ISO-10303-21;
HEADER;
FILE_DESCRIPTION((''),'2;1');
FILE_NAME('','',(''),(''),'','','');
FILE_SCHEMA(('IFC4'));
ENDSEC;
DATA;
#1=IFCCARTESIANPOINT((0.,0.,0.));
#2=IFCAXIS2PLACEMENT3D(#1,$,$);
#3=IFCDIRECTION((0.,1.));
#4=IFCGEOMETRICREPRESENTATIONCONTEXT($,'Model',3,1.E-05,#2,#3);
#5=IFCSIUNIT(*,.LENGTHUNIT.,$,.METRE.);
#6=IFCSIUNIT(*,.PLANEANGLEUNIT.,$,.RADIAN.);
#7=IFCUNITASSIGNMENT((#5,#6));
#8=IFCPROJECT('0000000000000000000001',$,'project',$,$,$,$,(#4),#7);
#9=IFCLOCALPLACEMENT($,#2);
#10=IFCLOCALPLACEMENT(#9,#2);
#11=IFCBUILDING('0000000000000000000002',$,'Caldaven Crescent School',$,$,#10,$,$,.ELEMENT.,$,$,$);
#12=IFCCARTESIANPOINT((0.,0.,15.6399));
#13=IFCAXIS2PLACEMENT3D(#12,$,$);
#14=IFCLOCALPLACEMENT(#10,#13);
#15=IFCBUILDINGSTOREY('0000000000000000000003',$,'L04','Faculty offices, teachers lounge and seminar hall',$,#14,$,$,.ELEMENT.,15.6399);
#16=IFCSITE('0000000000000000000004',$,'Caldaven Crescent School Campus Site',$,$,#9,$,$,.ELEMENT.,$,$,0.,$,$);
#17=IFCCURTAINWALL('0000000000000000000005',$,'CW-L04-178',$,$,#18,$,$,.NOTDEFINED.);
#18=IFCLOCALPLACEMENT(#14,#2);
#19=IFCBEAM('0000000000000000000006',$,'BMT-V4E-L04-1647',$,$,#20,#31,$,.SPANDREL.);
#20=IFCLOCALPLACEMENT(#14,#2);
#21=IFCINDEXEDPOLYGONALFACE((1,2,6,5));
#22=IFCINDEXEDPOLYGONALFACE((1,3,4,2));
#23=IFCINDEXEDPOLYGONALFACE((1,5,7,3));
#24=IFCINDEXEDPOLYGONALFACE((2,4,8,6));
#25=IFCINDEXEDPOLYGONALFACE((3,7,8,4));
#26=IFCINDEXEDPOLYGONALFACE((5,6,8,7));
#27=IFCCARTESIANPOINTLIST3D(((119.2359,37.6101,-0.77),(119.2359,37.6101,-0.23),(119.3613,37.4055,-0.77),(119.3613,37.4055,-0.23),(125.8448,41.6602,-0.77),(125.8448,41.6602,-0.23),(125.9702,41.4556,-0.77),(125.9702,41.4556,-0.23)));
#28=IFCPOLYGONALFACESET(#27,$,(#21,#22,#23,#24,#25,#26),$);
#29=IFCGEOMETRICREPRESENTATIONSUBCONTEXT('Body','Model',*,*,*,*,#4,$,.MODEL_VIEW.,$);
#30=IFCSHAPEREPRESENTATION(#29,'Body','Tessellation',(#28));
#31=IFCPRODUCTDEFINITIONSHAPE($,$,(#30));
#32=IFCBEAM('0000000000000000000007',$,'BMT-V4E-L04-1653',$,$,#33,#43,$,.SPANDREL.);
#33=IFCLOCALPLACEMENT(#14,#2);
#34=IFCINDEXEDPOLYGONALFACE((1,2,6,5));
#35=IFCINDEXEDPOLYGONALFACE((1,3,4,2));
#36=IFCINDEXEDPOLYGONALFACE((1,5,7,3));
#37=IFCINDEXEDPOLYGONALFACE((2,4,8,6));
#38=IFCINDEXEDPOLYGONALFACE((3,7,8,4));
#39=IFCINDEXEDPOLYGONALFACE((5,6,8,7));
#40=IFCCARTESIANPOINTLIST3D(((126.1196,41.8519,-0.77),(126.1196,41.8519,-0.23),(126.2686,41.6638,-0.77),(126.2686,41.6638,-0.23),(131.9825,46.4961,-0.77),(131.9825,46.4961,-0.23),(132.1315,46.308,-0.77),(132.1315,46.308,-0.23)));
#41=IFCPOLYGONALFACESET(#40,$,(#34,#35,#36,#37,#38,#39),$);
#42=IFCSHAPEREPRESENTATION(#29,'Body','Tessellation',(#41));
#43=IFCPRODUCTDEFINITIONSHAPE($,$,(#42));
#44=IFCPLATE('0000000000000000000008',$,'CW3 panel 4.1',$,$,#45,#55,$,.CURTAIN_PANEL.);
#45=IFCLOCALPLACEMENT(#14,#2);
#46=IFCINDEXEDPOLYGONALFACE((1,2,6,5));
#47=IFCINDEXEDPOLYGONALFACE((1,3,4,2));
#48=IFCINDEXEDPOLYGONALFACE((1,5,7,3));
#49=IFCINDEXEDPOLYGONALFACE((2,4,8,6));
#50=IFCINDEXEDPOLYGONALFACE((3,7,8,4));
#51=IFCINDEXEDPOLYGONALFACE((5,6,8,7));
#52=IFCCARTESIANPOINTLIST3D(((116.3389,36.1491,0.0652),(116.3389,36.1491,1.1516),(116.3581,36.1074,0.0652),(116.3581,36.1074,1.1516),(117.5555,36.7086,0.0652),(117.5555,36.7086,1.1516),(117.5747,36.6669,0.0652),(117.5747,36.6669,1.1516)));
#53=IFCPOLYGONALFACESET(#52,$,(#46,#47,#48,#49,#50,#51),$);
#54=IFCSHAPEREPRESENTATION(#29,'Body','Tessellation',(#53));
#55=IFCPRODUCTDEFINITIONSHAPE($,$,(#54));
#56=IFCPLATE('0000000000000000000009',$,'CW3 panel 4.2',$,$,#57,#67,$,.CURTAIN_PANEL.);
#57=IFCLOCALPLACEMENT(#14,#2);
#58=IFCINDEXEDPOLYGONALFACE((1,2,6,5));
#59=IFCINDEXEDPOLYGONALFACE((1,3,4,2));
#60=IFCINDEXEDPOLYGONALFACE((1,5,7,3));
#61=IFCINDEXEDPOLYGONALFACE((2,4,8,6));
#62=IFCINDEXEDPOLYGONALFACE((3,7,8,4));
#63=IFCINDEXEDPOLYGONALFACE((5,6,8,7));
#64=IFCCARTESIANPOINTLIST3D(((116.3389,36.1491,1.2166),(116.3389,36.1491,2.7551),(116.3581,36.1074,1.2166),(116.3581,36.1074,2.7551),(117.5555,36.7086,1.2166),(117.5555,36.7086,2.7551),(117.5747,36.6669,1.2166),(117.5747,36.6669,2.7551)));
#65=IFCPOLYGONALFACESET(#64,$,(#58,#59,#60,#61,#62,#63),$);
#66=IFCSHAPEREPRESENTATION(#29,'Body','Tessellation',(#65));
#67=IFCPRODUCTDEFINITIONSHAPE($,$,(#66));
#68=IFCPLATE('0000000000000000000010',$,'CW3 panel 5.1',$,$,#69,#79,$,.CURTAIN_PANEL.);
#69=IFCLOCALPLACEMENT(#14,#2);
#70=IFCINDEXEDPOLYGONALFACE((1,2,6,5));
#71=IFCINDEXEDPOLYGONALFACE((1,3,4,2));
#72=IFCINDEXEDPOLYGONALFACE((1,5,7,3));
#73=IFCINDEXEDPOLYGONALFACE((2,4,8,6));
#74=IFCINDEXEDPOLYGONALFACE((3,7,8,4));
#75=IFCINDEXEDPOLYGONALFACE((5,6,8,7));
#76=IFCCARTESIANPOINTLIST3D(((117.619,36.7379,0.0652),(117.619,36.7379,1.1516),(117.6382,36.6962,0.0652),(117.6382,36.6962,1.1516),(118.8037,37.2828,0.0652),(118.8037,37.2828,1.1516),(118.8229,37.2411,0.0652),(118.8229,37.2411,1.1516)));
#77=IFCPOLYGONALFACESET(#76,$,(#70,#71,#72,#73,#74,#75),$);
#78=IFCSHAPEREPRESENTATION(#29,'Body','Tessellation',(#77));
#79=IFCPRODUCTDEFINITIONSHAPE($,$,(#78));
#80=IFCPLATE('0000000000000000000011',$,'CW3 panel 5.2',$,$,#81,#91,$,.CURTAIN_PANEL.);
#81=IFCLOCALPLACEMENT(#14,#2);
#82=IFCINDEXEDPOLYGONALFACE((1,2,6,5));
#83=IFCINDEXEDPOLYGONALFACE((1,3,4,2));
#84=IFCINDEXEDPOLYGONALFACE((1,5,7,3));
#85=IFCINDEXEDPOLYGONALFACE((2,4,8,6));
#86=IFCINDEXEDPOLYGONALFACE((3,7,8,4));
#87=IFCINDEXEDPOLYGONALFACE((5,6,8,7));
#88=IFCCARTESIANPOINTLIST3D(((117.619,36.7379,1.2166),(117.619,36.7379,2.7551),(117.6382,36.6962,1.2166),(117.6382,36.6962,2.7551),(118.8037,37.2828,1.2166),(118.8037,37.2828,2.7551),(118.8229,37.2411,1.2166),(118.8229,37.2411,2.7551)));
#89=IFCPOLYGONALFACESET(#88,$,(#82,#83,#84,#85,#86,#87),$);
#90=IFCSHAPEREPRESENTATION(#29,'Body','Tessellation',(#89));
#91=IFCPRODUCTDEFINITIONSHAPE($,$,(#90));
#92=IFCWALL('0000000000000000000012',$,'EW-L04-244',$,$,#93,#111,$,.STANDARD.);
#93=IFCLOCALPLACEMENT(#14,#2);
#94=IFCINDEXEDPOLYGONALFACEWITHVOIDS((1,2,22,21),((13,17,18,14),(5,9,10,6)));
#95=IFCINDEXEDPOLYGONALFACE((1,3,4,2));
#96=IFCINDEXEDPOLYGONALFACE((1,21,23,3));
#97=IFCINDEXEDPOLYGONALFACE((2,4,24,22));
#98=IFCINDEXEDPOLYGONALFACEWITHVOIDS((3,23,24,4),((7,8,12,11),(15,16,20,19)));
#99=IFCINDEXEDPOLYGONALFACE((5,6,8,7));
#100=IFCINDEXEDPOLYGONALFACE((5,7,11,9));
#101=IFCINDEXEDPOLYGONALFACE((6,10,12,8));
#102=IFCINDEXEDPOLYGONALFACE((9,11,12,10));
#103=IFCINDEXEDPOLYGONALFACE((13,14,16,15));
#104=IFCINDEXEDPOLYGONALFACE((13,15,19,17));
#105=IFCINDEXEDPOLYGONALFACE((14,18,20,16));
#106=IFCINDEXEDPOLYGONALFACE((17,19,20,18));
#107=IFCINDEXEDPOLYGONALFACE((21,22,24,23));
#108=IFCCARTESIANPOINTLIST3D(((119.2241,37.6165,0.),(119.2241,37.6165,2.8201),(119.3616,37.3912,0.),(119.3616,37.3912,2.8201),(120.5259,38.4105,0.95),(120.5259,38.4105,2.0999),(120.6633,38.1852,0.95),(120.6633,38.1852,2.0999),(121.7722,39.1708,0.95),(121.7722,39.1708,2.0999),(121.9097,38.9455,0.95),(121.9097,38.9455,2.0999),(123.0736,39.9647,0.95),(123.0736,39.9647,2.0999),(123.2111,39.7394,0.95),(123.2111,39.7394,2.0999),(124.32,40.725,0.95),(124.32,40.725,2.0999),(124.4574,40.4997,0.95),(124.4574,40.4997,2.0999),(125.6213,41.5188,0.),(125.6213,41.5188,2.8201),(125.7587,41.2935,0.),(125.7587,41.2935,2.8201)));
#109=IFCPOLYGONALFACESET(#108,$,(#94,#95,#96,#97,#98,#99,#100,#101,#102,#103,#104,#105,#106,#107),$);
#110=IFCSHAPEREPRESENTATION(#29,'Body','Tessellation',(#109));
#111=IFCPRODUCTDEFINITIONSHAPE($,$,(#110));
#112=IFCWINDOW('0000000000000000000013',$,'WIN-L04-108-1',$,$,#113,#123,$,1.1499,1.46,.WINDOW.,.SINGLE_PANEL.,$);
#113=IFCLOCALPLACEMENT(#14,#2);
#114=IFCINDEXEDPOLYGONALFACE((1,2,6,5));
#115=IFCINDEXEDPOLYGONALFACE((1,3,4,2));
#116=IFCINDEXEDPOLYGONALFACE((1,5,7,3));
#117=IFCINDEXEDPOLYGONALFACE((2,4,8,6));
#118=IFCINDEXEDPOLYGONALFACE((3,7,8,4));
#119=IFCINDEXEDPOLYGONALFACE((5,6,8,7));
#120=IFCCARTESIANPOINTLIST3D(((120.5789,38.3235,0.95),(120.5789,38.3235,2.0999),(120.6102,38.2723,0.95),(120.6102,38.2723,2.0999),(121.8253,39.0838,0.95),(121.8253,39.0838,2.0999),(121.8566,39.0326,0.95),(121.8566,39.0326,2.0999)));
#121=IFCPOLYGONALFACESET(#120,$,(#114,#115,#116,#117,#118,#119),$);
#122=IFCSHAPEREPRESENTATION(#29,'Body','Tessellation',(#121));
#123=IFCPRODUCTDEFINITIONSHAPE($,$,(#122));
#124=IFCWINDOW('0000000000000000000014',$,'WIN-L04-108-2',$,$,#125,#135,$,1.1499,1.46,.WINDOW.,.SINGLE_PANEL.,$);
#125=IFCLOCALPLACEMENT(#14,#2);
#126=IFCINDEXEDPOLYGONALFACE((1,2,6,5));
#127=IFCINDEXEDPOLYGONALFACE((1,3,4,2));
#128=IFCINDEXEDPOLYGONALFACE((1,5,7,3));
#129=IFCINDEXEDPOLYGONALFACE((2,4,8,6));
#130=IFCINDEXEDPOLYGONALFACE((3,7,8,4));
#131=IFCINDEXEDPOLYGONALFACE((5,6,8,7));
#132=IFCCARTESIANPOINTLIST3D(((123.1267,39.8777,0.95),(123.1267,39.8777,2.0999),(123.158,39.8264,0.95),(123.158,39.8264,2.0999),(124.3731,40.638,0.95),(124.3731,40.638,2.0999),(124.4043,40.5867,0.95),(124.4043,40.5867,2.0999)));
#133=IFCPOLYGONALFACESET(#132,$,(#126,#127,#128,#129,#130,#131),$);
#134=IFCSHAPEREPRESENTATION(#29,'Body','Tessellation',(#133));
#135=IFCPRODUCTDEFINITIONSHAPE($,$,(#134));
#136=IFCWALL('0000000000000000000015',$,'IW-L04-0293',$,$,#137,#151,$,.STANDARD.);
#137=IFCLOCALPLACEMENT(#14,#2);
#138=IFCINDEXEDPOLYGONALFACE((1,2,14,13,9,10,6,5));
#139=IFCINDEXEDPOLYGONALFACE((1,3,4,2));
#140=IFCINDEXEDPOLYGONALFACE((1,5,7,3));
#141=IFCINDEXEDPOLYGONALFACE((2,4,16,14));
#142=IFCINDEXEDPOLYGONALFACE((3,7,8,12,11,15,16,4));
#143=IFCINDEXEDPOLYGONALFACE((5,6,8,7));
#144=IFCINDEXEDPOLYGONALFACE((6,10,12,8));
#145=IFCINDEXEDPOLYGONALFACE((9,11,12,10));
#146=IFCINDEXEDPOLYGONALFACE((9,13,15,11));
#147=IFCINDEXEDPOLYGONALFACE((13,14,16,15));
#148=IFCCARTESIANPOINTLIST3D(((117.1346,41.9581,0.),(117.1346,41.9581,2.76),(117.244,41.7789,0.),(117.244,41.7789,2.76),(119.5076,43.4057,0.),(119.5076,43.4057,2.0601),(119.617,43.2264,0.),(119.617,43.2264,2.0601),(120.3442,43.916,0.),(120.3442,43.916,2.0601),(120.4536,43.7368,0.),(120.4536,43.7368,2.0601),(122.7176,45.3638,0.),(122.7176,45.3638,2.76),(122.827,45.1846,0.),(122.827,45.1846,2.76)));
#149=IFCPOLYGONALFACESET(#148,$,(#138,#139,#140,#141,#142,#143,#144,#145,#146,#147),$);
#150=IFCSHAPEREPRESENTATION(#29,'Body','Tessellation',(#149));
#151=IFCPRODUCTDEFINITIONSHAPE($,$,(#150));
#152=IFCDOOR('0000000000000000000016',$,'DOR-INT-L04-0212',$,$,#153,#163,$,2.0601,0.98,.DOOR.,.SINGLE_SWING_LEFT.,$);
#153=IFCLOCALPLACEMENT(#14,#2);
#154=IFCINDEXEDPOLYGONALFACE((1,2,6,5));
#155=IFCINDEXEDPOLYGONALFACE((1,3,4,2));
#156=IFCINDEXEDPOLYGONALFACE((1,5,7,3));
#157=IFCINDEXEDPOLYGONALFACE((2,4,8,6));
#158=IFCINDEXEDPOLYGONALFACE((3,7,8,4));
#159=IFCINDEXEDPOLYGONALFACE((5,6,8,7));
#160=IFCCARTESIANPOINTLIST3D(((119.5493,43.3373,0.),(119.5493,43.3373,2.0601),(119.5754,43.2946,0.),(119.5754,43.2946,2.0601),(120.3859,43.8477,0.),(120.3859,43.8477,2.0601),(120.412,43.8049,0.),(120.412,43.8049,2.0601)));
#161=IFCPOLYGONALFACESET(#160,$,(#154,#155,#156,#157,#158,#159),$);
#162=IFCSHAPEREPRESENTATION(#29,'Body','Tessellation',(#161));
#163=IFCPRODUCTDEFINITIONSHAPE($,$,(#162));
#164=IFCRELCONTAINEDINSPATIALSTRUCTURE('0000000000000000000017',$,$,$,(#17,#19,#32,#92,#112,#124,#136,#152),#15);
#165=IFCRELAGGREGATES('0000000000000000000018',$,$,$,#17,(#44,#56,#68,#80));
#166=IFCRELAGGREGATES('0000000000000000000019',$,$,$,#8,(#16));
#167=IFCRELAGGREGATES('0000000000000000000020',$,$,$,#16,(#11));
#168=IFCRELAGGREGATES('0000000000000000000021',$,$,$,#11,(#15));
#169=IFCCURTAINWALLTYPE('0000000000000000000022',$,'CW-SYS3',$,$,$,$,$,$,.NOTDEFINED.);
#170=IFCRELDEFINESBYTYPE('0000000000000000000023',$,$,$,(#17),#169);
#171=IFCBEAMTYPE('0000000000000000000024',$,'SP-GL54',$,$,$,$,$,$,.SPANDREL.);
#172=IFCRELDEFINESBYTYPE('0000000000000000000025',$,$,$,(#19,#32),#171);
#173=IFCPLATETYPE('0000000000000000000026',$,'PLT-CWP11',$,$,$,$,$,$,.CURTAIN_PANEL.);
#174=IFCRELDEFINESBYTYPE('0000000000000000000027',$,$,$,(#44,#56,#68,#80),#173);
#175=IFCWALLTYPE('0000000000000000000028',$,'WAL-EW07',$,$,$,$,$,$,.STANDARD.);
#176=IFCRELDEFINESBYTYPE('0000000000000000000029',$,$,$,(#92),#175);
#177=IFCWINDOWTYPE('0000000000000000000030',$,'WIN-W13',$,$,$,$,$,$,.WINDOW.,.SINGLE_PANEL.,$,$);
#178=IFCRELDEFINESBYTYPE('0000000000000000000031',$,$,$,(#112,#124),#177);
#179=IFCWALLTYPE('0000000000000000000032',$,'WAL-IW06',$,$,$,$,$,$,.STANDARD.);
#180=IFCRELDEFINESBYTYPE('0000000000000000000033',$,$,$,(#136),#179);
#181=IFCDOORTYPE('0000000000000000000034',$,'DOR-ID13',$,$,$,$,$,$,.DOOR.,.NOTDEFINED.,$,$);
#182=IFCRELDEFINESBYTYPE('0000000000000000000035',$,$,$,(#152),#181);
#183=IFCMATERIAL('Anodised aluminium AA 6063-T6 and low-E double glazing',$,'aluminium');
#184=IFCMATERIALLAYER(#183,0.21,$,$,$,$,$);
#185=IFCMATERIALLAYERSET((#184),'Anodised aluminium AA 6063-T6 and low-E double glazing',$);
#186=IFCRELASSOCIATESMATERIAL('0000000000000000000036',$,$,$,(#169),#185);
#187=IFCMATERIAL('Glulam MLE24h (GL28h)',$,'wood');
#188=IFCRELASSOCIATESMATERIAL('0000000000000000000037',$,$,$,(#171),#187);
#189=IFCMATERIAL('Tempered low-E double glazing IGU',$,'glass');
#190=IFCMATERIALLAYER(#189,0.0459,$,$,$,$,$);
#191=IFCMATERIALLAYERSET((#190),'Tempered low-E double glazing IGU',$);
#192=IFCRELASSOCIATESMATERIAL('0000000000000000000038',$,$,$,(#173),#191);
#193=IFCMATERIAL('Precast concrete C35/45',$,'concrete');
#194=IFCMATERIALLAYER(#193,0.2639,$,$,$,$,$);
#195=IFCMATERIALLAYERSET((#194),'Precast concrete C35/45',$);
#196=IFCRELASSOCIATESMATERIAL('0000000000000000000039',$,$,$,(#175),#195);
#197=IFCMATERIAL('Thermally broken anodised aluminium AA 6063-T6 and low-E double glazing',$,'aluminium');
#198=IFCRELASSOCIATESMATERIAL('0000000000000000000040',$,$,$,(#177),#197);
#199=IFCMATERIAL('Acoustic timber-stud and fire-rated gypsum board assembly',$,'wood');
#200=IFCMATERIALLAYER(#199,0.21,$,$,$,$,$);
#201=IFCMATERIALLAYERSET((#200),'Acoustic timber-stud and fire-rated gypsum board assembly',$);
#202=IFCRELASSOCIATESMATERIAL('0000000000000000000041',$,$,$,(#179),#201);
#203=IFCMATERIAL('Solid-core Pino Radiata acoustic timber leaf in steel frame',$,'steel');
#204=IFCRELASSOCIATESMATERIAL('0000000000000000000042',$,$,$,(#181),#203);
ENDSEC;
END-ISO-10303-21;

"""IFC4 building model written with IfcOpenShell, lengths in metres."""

from ifc_helpers import new_model, si_unit, direction, frame, frame_2d, origin, origin_2d, place, context, subcontext, project, spatial, rectangle, extrude, material, layer, layer_set, material_profile, profile_set, type_object, element, fill, aggregate, save


model = new_model("IFC4")

# Units and contexts
model_context = context("Model", 3, precision=1e-05, world=origin(), true_north=direction((0.0, 1.0)))
body_context = subcontext(model_context, "Body", "Model", "MODEL_VIEW")
ifc_project = project(units=[si_unit("LENGTHUNIT", "METRE"), si_unit("PLANEANGLEUNIT", "RADIAN")], contexts=[model_context])

# Site, building, storey
site_placement = place(None, origin())
site = spatial("IfcSite", under=ifc_project, at=site_placement, Name="Caldaven Crescent School Campus Site", CompositionType="ELEMENT", RefElevation=0.0)
building_placement = place(site_placement, origin())
building = spatial("IfcBuilding", under=site, at=building_placement, Name="Caldaven Crescent School", CompositionType="ELEMENT")
storey_placement = place(building_placement, frame((0.0, 0.0, 15.6399)))
storey = spatial("IfcBuildingStorey", under=building, at=storey_placement, Name="L04", Description="Faculty offices, teachers lounge and seminar hall", CompositionType="ELEMENT", Elevation=15.6399)

# Shared definitions
ifc_material_1 = material(Name="Glulam MLE24h (GL28h)", Category="wood")

# Curtain wall
ifc_material_2 = material(Name="Anodised aluminium AA 6063-T6 and low-E double glazing", Category="aluminium")
ifc_layer_1 = layer(ifc_material_2, 0.21)
ifc_layer_set_1 = layer_set([ifc_layer_1], Name="Anodised aluminium AA 6063-T6 and low-E double glazing")
curtain_wall_type = type_object("IfcCurtainWallType", Name="CW-SYS3", PredefinedType="NOTDEFINED", material=ifc_layer_set_1)
curtain_wall_placement = place(storey_placement, origin())
curtain_wall = element("IfcCurtainWall", 1, at=curtain_wall_placement, inside=storey, type_object=curtain_wall_type, Name="CW-L04-178", PredefinedType="NOTDEFINED")

# Beams
ifc_material_profile_1 = material_profile(ifc_material_1, rectangle(XDim=0.24, YDim=0.54, at=origin_2d()), Name="MLE 240x540")
ifc_profile_set_1 = profile_set([ifc_material_profile_1], Name="Glulam MLE24h (GL28h)")
beam_type_1 = type_object("IfcBeamType", Name="SP-GL54", PredefinedType="SPANDREL", material=ifc_profile_set_1)
beam_1_placement = place(storey_placement, frame((119.2986, 37.5078, -0.5), z_axis=(0.852633, 0.52251, 0.0), x_axis=(-0.52251, 0.852633, 0.0)))
element("IfcBeam", 2, at=beam_1_placement, inside=storey, type_object=beam_type_1, Name="BMT-V4E-L04-1647", PredefinedType="SPANDREL", context=body_context, shape_type="SweptSolid", body=[
    extrude(rectangle(XDim=0.24, YDim=0.54, at=origin_2d()), origin(), (0.0, 0.0, 1.0), 7.7512),
])
beam_2_placement = place(storey_placement, frame((126.1941, 41.7578, -0.5), z_axis=(0.783869, 0.620926, 0.0), x_axis=(-0.620926, 0.783869, 0.0)))
element("IfcBeam", 3, at=beam_2_placement, inside=storey, type_object=beam_type_1, Name="BMT-V4E-L04-1653", PredefinedType="SPANDREL", context=body_context, shape_type="SweptSolid", body=[
    extrude(rectangle(XDim=0.24, YDim=0.54, at=origin_2d()), origin(), (0.0, 0.0, 1.0), 7.4795),
])

# Plates
ifc_material_3 = material(Name="Tempered low-E double glazing IGU", Category="glass")
ifc_layer_2 = layer(ifc_material_3, 0.0459)
ifc_layer_set_2 = layer_set([ifc_layer_2], Name="Tempered low-E double glazing IGU")
plate_type = type_object("IfcPlateType", Name="PLT-CWP11", PredefinedType="CURTAIN_PANEL", material=ifc_layer_set_2)
plate_1_placement = place(storey_placement, frame((116.9568, 36.408, 0.0652), z_axis=(0.0, 0.0, 1.0), x_axis=(0.908528, 0.417823, 0.0)))
plate_1 = element("IfcPlate", 4, at=plate_1_placement, type_object=plate_type, Name="CW3 panel 4.1", PredefinedType="CURTAIN_PANEL", context=body_context, shape_type="SweptSolid", body=[
    extrude(rectangle(XDim=1.3391, YDim=0.0459, at=origin_2d()), origin(), (0.0, 0.0, 1.0), 1.0864),
])
plate_2_placement = place(storey_placement, frame((116.9568, 36.408, 1.2166), z_axis=(0.0, 0.0, 1.0), x_axis=(0.908528, 0.417823, 0.0)))
plate_2 = element("IfcPlate", 5, at=plate_2_placement, type_object=plate_type, Name="CW3 panel 4.2", PredefinedType="CURTAIN_PANEL", context=body_context, shape_type="SweptSolid", body=[
    extrude(rectangle(XDim=1.3391, YDim=0.0459, at=origin_2d()), origin(), (0.0, 0.0, 1.0), 1.5386),
])
plate_3_placement = place(storey_placement, frame((118.2209, 36.9895, 0.0652), z_axis=(0.0, 0.0, 1.0), x_axis=(0.908528, 0.417823, 0.0)))
plate_3 = element("IfcPlate", 6, at=plate_3_placement, type_object=plate_type, Name="CW3 panel 5.1", PredefinedType="CURTAIN_PANEL", context=body_context, shape_type="SweptSolid", body=[
    extrude(rectangle(XDim=1.304, YDim=0.0459, at=origin_2d()), origin(), (0.0, 0.0, 1.0), 1.0864),
])
plate_4_placement = place(storey_placement, frame((118.2209, 36.9895, 1.2166), z_axis=(0.0, 0.0, 1.0), x_axis=(0.908528, 0.417823, 0.0)))
plate_4 = element("IfcPlate", 7, at=plate_4_placement, type_object=plate_type, Name="CW3 panel 5.2", PredefinedType="CURTAIN_PANEL", context=body_context, shape_type="SweptSolid", body=[
    extrude(rectangle(XDim=1.304, YDim=0.0459, at=origin_2d()), origin(), (0.0, 0.0, 1.0), 1.5386),
])
aggregate(curtain_wall, [plate_1, plate_2, plate_3, plate_4])

# Wall, openings, windows
ifc_material_4 = material(Name="Precast concrete C35/45", Category="concrete")
ifc_layer_3 = layer(ifc_material_4, 0.2639)
ifc_layer_set_3 = layer_set([ifc_layer_3], Name="Precast concrete C35/45")
wall_type_1 = type_object("IfcWallType", Name="WAL-EW07", PredefinedType="STANDARD", material=ifc_layer_set_3)
wall_1_placement = place(storey_placement, frame((119.293, 37.5039, 0.0), z_axis=(0.0, 0.0, 1.0), x_axis=(0.853701, 0.520763, 0.0)))
wall_1 = element("IfcWall", 8, at=wall_1_placement, inside=storey, type_object=wall_type_1, Name="EW-L04-244", PredefinedType="STANDARD", context=body_context, shape_type="SweptSolid", body=[
    extrude(rectangle(XDim=7.4934, YDim=0.2639, at=frame_2d((3.7466, 0.0))), origin(), (0.0, 0.0, 1.0), 2.8201),
])
opening_1_placement = place(wall_1_placement, frame((1.5247, 0.0, 0.95)))
opening_1 = element("IfcOpeningElement", 9, at=opening_1_placement, cuts=wall_1, PredefinedType="OPENING", context=body_context, shape_type="SweptSolid", body=[
    extrude(rectangle(XDim=1.46, YDim=1.1499, at=frame_2d((0.73, 0.575))), frame((0.0, 0.1418, 0.0), z_axis=(0.0, -1.0, 0.0), x_axis=(1.0, 0.0, 0.0)), (0.0, 0.0, 1.0), 0.2839),
])
opening_2_placement = place(wall_1_placement, frame((4.509, 0.0, 0.95)))
opening_2 = element("IfcOpeningElement", 10, at=opening_2_placement, cuts=wall_1, PredefinedType="OPENING", context=body_context, shape_type="SweptSolid", body=[
    extrude(rectangle(XDim=1.46, YDim=1.1499, at=frame_2d((0.73, 0.575))), frame((0.0, 0.1418, 0.0), z_axis=(0.0, -1.0, 0.0), x_axis=(1.0, 0.0, 0.0)), (0.0, 0.0, 1.0), 0.2839),
])
ifc_material_5 = material(Name="Thermally broken anodised aluminium AA 6063-T6 and low-E double glazing", Category="aluminium")
window_type = type_object("IfcWindowType", Name="WIN-W13", PartitioningType="SINGLE_PANEL", PredefinedType="WINDOW", material=ifc_material_5)
window_1_placement = place(opening_1_placement, origin())
window_1 = element("IfcWindow", 11, at=window_1_placement, inside=storey, type_object=window_type, Name="WIN-L04-108-1", OverallHeight=1.1499, OverallWidth=1.46, PartitioningType="SINGLE_PANEL", PredefinedType="WINDOW", context=body_context, shape_type="SweptSolid", body=[
    extrude(rectangle(XDim=1.46, YDim=1.1499, at=frame_2d((0.73, 0.575))), frame((0.0, 0.03, 0.0), z_axis=(0.0, -1.0, 0.0), x_axis=(1.0, 0.0, 0.0)), (0.0, 0.0, 1.0), 0.0601),
])
fill(opening_1, window_1)
window_2_placement = place(opening_2_placement, origin())
window_2 = element("IfcWindow", 12, at=window_2_placement, inside=storey, type_object=window_type, Name="WIN-L04-108-2", OverallHeight=1.1499, OverallWidth=1.46, PartitioningType="SINGLE_PANEL", PredefinedType="WINDOW", context=body_context, shape_type="SweptSolid", body=[
    extrude(rectangle(XDim=1.46, YDim=1.1499, at=frame_2d((0.73, 0.575))), frame((0.0, 0.03, 0.0), z_axis=(0.0, -1.0, 0.0), x_axis=(1.0, 0.0, 0.0)), (0.0, 0.0, 1.0), 0.0601),
])
fill(opening_2, window_2)

# Wall, opening, door
ifc_material_6 = material(Name="Acoustic timber-stud and fire-rated gypsum board assembly", Category="wood")
ifc_layer_4 = layer(ifc_material_6, 0.21)
ifc_layer_set_4 = layer_set([ifc_layer_4], Name="Acoustic timber-stud and fire-rated gypsum board assembly")
wall_type_2 = type_object("IfcWallType", Name="WAL-IW06", PredefinedType="STANDARD", material=ifc_layer_set_4)
wall_2_placement = place(storey_placement, frame((117.1892, 41.8684, 0.0), z_axis=(0.0, 0.0, 1.0), x_axis=(0.853695, 0.520773, 0.0)))
wall_2 = element("IfcWall", 13, at=wall_2_placement, inside=storey, type_object=wall_type_2, Name="IW-L04-0293", PredefinedType="STANDARD", context=body_context, shape_type="SweptSolid", body=[
    extrude(rectangle(XDim=6.5398, YDim=0.21, at=frame_2d((3.27, 0.0))), origin(), (0.0, 0.0, 1.0), 2.76),
])
opening_3_placement = place(wall_2_placement, frame((2.7798, 0.0, 0.0)))
opening_3 = element("IfcOpeningElement", 14, at=opening_3_placement, cuts=wall_2, PredefinedType="OPENING", context=body_context, shape_type="SweptSolid", body=[
    extrude(rectangle(XDim=0.98, YDim=2.0601, at=frame_2d((0.49, 1.03))), frame((0.0, 0.115, 0.0), z_axis=(0.0, -1.0, 0.0), x_axis=(1.0, 0.0, 0.0)), (0.0, 0.0, 1.0), 0.23),
])
ifc_material_7 = material(Name="Solid-core Pino Radiata acoustic timber leaf in steel frame", Category="steel")
door_type = type_object("IfcDoorType", Name="DOR-ID13", OperationType="NOTDEFINED", PredefinedType="DOOR", material=ifc_material_7)
door_placement = place(opening_3_placement, origin())
door = element("IfcDoor", 15, at=door_placement, inside=storey, type_object=door_type, Name="DOR-INT-L04-0212", OperationType="SINGLE_SWING_LEFT", OverallHeight=2.0601, OverallWidth=0.98, PredefinedType="DOOR", context=body_context, shape_type="SweptSolid", body=[
    extrude(rectangle(XDim=0.98, YDim=2.0601, at=frame_2d((0.49, 1.03))), frame((0.0, 0.0249, 0.0), z_axis=(0.0, -1.0, 0.0), x_axis=(1.0, 0.0, 0.0)), (0.0, 0.0, 1.0), 0.05),
])
fill(opening_3, door)

save(model, "model.ifc")
